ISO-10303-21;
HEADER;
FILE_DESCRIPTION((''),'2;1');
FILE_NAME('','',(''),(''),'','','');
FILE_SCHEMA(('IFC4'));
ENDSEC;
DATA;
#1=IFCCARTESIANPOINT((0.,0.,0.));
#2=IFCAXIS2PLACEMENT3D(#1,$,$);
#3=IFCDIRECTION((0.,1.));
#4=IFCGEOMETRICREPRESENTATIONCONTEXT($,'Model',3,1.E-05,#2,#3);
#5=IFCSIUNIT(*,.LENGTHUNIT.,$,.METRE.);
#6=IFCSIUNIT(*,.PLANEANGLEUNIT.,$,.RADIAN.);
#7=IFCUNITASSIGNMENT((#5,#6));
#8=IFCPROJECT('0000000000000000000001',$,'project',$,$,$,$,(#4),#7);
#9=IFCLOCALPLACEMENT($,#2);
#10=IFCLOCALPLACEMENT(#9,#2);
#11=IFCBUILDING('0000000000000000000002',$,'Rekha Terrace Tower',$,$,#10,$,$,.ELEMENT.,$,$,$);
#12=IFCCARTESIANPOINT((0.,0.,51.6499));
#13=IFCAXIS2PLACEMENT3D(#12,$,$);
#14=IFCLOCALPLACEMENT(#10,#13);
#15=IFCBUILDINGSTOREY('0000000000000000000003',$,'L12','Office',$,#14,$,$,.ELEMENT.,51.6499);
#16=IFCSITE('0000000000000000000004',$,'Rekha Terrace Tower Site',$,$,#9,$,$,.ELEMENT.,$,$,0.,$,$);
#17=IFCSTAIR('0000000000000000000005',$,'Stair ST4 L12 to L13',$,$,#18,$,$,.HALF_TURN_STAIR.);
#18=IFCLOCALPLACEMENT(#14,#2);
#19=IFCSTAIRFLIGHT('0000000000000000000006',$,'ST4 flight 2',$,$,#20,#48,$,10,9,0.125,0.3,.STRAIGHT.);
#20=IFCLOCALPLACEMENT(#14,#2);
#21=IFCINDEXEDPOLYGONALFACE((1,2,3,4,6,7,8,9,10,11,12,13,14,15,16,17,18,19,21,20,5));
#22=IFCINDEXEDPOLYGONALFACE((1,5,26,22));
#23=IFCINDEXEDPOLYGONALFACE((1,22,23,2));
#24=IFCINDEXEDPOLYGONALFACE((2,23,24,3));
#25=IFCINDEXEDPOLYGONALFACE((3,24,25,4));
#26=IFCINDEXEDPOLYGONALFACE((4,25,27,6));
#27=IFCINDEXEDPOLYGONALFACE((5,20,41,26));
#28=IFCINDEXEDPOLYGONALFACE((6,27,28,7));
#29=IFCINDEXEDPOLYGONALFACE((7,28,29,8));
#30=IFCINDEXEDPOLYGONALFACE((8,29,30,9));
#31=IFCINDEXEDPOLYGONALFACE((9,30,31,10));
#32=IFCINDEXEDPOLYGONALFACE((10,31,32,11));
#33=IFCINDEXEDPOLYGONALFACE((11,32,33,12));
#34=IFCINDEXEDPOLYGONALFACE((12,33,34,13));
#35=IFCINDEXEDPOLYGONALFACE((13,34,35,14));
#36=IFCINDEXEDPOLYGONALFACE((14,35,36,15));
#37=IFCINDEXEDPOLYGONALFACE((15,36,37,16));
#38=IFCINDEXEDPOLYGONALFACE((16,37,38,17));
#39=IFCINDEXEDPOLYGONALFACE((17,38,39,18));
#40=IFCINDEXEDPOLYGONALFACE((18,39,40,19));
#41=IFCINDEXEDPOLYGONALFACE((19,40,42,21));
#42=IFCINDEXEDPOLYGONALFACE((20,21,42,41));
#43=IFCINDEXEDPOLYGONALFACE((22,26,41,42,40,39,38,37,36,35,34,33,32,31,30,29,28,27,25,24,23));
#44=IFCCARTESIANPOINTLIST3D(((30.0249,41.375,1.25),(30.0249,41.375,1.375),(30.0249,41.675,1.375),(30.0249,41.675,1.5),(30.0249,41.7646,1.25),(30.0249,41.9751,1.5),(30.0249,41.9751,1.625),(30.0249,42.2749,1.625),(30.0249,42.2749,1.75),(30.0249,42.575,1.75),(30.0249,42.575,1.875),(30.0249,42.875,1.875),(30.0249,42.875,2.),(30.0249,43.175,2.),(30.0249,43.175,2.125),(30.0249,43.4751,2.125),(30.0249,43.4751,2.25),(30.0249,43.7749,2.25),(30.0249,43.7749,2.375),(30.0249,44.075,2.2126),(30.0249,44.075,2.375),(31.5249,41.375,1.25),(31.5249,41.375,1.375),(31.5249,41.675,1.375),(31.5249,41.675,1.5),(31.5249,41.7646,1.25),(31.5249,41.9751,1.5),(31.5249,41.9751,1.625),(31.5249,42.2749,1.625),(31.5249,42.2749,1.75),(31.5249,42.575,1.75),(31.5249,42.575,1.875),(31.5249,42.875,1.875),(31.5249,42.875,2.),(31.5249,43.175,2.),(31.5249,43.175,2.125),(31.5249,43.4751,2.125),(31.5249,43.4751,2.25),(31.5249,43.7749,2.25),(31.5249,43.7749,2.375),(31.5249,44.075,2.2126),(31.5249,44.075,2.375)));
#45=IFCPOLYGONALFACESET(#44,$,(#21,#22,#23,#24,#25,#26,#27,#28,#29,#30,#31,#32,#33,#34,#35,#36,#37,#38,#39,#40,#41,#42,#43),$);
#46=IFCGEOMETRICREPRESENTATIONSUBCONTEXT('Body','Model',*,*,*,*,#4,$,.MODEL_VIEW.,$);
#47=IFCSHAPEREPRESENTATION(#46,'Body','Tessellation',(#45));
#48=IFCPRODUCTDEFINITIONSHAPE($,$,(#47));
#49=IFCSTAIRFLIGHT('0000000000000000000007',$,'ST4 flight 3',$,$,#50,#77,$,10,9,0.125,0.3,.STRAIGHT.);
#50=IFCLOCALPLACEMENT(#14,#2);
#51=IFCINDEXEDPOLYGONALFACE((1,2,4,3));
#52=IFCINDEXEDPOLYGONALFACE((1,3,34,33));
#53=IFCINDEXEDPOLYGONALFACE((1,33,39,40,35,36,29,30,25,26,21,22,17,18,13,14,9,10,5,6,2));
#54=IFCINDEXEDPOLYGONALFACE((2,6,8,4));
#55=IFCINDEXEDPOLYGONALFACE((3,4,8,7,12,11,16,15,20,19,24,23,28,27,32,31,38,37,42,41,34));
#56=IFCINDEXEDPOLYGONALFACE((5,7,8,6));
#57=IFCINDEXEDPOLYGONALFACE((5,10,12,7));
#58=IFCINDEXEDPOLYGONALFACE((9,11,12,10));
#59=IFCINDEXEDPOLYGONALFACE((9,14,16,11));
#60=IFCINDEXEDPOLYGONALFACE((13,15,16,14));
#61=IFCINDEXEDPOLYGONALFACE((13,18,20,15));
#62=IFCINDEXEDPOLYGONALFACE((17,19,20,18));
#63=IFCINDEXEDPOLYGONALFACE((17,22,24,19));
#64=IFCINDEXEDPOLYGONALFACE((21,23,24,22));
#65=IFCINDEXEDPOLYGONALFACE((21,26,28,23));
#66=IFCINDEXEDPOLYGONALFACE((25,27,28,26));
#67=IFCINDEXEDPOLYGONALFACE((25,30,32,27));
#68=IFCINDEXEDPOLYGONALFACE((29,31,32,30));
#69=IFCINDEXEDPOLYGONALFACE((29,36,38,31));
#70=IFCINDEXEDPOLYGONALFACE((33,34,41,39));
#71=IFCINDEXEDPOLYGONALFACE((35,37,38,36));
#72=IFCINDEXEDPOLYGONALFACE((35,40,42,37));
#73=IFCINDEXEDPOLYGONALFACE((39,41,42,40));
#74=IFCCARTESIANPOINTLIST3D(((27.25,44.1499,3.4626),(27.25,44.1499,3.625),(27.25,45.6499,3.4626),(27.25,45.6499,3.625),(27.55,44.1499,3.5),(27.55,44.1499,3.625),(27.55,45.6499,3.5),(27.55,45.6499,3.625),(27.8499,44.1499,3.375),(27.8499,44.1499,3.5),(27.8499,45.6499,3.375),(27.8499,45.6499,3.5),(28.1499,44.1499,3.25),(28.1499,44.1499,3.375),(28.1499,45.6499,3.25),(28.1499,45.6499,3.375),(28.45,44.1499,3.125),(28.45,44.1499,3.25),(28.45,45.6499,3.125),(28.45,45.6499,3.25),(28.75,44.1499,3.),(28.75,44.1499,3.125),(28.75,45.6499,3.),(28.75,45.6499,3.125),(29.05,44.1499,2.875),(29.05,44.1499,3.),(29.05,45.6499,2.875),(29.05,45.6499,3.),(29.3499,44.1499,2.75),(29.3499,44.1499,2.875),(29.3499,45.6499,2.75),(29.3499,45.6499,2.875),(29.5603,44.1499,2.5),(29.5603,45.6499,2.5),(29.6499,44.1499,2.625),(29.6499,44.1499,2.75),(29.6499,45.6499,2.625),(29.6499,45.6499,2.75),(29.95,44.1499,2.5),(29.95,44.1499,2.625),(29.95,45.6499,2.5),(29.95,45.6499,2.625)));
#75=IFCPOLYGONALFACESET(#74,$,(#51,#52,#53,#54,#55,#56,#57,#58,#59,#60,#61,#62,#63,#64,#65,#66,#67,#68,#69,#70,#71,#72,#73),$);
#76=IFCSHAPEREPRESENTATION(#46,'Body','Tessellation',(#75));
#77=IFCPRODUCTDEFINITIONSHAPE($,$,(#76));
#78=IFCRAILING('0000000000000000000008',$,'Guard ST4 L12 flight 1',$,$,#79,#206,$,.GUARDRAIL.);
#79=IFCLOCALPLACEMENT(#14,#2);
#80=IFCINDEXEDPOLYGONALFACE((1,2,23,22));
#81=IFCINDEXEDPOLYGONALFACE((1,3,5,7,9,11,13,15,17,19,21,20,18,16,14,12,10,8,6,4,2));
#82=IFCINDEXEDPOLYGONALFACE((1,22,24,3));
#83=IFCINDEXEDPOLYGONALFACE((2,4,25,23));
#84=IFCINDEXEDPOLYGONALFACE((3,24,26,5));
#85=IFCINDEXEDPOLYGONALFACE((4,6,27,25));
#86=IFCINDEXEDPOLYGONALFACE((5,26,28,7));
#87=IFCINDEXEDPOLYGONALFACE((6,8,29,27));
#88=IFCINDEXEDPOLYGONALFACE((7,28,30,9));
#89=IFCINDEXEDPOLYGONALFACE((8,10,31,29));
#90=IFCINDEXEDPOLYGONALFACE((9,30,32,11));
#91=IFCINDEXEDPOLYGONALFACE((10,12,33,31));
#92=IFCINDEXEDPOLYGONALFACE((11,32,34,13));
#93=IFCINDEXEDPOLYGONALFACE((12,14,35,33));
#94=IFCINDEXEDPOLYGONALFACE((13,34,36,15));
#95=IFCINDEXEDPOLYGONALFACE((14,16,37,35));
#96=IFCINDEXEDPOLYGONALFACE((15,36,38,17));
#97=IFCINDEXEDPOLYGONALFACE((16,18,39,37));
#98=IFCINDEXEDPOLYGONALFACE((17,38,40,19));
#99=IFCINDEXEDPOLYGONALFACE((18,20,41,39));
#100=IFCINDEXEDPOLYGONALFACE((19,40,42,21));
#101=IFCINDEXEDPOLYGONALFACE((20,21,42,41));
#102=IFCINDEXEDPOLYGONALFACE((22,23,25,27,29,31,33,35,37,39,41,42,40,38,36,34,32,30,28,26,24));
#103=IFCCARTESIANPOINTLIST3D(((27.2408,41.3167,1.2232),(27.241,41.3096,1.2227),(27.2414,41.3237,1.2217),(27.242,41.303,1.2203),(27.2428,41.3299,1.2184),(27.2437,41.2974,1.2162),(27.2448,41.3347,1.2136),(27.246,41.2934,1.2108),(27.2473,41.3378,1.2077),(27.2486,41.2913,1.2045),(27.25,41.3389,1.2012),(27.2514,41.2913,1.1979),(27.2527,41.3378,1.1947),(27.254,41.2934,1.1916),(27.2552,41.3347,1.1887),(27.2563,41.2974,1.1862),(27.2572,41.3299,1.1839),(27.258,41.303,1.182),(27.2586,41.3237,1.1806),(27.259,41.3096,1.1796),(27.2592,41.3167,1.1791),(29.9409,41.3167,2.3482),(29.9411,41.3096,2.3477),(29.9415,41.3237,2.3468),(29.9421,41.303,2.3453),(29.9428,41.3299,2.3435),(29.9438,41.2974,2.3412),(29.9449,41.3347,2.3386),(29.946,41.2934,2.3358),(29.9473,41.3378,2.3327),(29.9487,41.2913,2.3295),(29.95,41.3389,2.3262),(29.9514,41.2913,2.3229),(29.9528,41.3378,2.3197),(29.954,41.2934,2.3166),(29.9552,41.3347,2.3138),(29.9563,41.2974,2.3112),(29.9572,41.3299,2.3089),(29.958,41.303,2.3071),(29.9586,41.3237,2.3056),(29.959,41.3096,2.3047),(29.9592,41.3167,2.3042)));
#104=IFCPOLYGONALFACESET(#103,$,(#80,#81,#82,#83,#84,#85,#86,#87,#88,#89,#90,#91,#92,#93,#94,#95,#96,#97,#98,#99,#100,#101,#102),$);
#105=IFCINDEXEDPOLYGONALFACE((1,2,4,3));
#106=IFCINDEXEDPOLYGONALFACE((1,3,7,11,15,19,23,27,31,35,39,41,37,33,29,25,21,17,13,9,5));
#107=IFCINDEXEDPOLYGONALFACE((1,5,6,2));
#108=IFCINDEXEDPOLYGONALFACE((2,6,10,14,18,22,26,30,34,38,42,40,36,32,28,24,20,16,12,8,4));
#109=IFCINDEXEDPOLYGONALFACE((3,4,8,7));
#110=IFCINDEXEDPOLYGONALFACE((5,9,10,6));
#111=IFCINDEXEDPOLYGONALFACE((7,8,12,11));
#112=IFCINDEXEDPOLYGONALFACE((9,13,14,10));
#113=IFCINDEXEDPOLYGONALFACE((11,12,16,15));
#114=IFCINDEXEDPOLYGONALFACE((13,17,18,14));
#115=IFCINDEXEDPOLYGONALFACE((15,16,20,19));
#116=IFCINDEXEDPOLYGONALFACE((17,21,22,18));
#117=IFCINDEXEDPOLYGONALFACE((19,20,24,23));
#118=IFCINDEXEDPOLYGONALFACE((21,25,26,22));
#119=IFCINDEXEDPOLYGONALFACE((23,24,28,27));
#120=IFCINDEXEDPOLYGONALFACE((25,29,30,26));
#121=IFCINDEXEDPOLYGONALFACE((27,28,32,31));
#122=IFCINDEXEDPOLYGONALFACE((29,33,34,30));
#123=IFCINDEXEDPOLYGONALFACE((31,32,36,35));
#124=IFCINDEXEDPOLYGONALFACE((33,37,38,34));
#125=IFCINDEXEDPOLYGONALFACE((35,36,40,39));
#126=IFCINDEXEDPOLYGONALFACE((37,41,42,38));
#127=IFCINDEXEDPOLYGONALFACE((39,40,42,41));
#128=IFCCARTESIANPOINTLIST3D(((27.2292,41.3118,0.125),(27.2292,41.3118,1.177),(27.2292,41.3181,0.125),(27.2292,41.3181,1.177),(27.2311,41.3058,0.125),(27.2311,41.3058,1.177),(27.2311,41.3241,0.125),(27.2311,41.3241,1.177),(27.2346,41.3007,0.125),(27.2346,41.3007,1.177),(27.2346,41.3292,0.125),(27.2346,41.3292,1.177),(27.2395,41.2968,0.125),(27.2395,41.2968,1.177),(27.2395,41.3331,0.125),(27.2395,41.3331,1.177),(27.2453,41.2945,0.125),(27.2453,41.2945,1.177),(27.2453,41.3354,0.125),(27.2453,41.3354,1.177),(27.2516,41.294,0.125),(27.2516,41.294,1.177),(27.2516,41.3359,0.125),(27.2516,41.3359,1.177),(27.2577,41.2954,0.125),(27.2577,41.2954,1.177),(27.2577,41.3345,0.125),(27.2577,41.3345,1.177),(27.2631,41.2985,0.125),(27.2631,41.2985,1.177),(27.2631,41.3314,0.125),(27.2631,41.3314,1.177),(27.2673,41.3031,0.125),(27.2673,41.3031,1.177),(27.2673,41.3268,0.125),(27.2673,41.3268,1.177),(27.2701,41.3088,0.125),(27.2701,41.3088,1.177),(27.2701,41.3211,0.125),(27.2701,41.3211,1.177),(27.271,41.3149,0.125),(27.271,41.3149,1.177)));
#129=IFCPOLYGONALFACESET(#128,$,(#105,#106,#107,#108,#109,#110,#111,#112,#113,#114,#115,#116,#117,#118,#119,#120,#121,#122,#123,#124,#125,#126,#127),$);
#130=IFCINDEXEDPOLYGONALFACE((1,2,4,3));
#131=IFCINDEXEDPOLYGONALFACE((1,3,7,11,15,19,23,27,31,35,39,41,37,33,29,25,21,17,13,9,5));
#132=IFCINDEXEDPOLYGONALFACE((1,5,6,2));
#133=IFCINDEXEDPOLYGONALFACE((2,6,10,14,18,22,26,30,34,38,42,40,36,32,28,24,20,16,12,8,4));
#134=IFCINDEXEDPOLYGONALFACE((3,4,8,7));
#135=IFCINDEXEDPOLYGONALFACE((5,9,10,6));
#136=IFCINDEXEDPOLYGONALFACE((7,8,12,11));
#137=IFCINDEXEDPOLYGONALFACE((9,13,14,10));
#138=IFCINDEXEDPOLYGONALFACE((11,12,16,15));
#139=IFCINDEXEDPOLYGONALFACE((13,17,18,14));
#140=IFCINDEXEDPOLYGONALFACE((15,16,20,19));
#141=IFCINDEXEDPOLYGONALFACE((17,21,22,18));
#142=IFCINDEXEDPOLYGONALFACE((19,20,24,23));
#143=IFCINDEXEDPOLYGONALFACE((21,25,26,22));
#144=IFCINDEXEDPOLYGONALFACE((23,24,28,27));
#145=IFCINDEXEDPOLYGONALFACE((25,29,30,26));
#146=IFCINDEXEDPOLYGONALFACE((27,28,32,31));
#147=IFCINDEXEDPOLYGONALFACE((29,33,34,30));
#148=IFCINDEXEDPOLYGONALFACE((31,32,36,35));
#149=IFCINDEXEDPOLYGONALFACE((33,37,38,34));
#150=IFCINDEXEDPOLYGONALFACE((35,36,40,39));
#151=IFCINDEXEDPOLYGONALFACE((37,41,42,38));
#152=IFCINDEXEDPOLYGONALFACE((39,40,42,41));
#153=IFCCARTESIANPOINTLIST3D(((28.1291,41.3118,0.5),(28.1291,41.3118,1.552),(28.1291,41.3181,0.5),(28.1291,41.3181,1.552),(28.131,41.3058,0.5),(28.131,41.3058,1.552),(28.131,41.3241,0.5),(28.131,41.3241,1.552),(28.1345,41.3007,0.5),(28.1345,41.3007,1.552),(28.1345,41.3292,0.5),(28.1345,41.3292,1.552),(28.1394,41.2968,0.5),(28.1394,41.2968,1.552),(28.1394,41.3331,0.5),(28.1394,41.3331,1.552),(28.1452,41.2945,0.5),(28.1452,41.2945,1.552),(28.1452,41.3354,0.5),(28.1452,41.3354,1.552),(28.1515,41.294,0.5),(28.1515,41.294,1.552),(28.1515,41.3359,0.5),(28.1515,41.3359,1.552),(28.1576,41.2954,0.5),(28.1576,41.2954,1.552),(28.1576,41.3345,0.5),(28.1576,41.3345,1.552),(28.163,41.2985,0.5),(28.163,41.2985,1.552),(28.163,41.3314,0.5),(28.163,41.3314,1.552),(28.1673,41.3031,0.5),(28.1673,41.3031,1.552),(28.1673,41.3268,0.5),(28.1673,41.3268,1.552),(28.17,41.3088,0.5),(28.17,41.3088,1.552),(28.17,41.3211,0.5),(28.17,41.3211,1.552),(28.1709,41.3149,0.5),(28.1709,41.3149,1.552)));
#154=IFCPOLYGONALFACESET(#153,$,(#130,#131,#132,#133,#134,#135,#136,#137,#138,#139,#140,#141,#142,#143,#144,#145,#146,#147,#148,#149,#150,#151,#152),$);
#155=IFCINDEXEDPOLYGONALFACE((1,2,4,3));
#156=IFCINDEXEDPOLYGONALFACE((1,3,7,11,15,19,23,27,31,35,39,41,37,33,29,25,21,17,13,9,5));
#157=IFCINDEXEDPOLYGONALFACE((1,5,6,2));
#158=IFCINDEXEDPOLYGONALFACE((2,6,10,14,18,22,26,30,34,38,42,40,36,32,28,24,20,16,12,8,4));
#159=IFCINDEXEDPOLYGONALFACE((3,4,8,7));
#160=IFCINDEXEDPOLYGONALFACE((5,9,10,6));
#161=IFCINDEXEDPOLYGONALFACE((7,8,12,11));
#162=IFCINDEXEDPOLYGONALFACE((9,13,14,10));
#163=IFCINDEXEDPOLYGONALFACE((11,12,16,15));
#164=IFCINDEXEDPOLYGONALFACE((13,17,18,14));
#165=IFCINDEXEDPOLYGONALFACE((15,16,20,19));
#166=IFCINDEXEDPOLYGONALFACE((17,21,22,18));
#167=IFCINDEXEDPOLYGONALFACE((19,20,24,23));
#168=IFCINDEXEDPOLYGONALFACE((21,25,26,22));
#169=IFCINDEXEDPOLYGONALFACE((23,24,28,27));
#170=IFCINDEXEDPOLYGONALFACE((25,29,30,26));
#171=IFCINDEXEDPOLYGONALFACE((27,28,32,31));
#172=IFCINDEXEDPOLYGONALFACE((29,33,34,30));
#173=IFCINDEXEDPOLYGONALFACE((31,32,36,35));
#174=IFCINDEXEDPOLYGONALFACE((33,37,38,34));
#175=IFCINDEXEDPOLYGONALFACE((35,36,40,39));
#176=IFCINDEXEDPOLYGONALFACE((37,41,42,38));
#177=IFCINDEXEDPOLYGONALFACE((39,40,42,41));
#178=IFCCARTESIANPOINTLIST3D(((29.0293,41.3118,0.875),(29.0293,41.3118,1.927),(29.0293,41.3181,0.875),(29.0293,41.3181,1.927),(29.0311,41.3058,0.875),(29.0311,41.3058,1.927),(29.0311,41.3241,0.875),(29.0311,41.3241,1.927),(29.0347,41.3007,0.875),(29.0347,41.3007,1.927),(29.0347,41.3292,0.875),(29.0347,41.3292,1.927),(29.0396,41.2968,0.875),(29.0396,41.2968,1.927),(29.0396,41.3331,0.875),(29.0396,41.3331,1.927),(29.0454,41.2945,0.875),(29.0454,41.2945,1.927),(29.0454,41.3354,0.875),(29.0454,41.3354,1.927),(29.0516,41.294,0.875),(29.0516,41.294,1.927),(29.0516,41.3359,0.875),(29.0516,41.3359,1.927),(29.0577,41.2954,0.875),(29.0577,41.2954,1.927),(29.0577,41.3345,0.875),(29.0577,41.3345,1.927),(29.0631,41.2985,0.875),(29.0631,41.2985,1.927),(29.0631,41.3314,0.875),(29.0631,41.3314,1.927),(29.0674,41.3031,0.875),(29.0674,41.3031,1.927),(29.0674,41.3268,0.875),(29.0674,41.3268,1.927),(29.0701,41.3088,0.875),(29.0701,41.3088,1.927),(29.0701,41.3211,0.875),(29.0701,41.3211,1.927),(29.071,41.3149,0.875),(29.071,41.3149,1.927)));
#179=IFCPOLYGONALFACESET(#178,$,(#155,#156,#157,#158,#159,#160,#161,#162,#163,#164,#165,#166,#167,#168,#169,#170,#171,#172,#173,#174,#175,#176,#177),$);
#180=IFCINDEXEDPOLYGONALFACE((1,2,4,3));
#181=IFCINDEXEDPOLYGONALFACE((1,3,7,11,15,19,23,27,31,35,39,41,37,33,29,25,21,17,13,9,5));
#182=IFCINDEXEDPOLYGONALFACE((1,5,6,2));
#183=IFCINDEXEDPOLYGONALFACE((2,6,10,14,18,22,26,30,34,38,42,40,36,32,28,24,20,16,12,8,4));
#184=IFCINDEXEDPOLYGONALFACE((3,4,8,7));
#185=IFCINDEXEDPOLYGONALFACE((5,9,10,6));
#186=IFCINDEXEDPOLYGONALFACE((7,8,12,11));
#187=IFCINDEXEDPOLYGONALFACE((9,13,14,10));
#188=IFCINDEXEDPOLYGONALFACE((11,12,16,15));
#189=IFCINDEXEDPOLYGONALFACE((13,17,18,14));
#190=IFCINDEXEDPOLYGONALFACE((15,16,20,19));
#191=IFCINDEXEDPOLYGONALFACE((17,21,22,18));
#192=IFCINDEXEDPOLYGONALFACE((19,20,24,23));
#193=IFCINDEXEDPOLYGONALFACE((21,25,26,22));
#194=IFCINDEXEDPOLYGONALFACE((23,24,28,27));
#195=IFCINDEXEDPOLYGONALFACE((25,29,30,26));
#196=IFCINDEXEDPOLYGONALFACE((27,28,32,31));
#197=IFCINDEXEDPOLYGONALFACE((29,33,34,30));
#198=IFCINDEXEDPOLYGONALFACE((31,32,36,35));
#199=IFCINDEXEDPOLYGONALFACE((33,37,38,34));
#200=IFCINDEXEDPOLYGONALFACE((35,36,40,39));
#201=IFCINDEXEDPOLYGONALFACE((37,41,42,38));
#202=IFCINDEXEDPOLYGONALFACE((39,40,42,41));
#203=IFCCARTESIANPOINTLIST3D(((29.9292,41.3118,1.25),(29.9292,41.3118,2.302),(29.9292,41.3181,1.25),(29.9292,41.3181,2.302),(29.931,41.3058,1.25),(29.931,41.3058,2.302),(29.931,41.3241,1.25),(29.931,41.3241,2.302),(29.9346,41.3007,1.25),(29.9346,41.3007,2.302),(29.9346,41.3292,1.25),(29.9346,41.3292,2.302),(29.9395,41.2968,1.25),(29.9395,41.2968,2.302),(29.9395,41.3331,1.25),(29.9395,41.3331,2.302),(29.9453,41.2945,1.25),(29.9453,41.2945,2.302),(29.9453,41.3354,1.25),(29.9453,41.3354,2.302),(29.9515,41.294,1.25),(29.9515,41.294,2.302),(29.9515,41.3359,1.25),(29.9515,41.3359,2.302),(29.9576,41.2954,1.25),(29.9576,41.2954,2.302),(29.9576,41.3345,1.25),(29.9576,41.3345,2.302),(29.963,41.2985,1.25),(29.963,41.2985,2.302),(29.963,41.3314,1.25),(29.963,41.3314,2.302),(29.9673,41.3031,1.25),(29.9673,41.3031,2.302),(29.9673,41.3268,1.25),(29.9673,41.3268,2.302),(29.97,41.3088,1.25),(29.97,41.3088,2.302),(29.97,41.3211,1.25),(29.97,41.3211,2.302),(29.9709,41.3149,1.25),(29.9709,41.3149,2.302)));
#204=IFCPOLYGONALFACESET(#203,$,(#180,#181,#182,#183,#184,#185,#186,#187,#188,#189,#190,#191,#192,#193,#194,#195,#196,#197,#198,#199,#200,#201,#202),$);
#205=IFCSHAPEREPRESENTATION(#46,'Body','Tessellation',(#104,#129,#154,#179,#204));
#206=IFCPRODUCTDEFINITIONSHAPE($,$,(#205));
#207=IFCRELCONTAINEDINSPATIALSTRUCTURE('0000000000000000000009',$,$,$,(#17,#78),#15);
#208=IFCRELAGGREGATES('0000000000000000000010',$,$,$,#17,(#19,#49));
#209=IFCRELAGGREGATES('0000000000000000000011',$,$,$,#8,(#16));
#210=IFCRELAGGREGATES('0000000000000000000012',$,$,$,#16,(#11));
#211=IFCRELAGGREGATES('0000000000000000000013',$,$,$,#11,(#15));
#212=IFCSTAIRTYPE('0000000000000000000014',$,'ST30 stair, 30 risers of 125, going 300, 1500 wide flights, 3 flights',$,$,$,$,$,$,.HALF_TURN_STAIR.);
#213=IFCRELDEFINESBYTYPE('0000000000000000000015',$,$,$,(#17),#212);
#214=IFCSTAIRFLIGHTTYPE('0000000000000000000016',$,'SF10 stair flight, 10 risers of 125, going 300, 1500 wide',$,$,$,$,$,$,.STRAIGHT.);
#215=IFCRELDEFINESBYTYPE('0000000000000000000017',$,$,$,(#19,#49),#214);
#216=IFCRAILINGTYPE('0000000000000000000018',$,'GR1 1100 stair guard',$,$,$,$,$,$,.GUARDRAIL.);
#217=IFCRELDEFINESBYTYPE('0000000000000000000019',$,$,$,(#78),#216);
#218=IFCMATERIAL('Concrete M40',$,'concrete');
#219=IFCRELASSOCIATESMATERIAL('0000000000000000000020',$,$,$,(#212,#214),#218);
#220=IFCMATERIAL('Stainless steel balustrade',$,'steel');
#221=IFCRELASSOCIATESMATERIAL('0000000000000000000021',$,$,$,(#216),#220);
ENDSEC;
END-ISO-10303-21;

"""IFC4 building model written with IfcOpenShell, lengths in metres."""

from ifc_helpers import new_model, si_unit, direction, frame, origin, origin_2d, place, context, subcontext, project, spatial, polyline, circle, outline, extrude, material, type_object, element, aggregate, save


model = new_model("IFC4")

# Units and contexts
model_context = context("Model", 3, precision=1e-05, world=origin(), true_north=direction((0.0, 1.0)))
body_context = subcontext(model_context, "Body", "Model", "MODEL_VIEW")
ifc_project = project(units=[si_unit("LENGTHUNIT", "METRE"), si_unit("PLANEANGLEUNIT", "RADIAN")], contexts=[model_context])

# Site, building, storey
site_placement = place(None, origin())
site = spatial("IfcSite", under=ifc_project, at=site_placement, Name="Rekha Terrace Tower Site", CompositionType="ELEMENT", RefElevation=0.0)
building_placement = place(site_placement, origin())
building = spatial("IfcBuilding", under=site, at=building_placement, Name="Rekha Terrace Tower", CompositionType="ELEMENT")
storey_placement = place(building_placement, frame((0.0, 0.0, 51.6499)))
storey = spatial("IfcBuildingStorey", under=building, at=storey_placement, Name="L12", Description="Office", CompositionType="ELEMENT", Elevation=51.6499)

# Stair, stair flights
ifc_material_1 = material(Name="Concrete M40", Category="concrete")
stair_type = type_object("IfcStairType", Name="ST30 stair, 30 risers of 125, going 300, 1500 wide flights, 3 flights", PredefinedType="HALF_TURN_STAIR", material=ifc_material_1)
stair_placement = place(storey_placement, origin())
stair = element("IfcStair", 1, at=stair_placement, inside=storey, type_object=stair_type, Name="Stair ST4 L12 to L13", PredefinedType="HALF_TURN_STAIR")
stair_flight_type = type_object("IfcStairFlightType", Name="SF10 stair flight, 10 risers of 125, going 300, 1500 wide", PredefinedType="STRAIGHT", material=ifc_material_1)
stair_flight_1_placement = place(storey_placement, frame((30.7749, 41.375, 1.25), z_axis=(0.0, 0.0, 1.0), x_axis=(0.0, 1.0, 0.0)))
stair_flight_1 = element("IfcStairFlight", 2, at=stair_flight_1_placement, type_object=stair_flight_type, Name="ST4 flight 2", NumberOfRisers=10, NumberOfTreads=9, PredefinedType="STRAIGHT", RiserHeight=0.125, TreadLength=0.3, context=body_context, shape_type="SweptSolid", body=[
    extrude(outline(polyline([(0.0, 0.0), (0.0, 0.125), (0.3, 0.125), (0.3, 0.25), (0.6001, 0.25), (0.6001, 0.375), (0.8999, 0.375), (0.8999, 0.5), (1.2, 0.5), (1.2, 0.625), (1.5, 0.625), (1.5, 0.75), (1.8, 0.75), (1.8, 0.875), (2.1001, 0.875), (2.1001, 1.0), (2.3999, 1.0), (2.3999, 1.125), (2.7, 1.125), (2.7, 1.25), (2.7, 0.9626), (0.3896, 0.0), (0.0, 0.0)])), frame((0.0, 0.75, 0.0), z_axis=(0.0, -1.0, 0.0), x_axis=(1.0, 0.0, 0.0)), (0.0, 0.0, 1.0), 1.5),
])
stair_flight_2_placement = place(storey_placement, frame((29.95, 44.8999, 2.5), z_axis=(0.0, 0.0, 1.0), x_axis=(-1.0, 0.0, 0.0)))
stair_flight_2 = element("IfcStairFlight", 3, at=stair_flight_2_placement, type_object=stair_flight_type, Name="ST4 flight 3", NumberOfRisers=10, NumberOfTreads=9, PredefinedType="STRAIGHT", RiserHeight=0.125, TreadLength=0.3, context=body_context, shape_type="SweptSolid", body=[
    extrude(outline(polyline([(0.0, 0.0), (0.0, 0.125), (0.3, 0.125), (0.3, 0.25), (0.6001, 0.25), (0.6001, 0.375), (0.8999, 0.375), (0.8999, 0.5), (1.2, 0.5), (1.2, 0.625), (1.5, 0.625), (1.5, 0.75), (1.8, 0.75), (1.8, 0.875), (2.1001, 0.875), (2.1001, 1.0), (2.3999, 1.0), (2.3999, 1.125), (2.7, 1.125), (2.7, 1.25), (2.7, 0.9626), (0.3896, 0.0), (0.0, 0.0)])), frame((0.0, 0.75, 0.0), z_axis=(0.0, -1.0, 0.0), x_axis=(1.0, 0.0, 0.0)), (0.0, 0.0, 1.0), 1.5),
])
aggregate(stair, [stair_flight_1, stair_flight_2])

# Railing
ifc_material_2 = material(Name="Stainless steel balustrade", Category="steel")
railing_type_1 = type_object("IfcRailingType", Name="GR1 1100 stair guard", PredefinedType="GUARDRAIL", material=ifc_material_2)
railing_1_placement = place(storey_placement, frame((27.25, 41.3149, 0.125)))
element("IfcRailing", 4, at=railing_1_placement, inside=storey, type_object=railing_type_1, Name="Guard ST4 L12 flight 1", PredefinedType="GUARDRAIL", context=body_context, shape_type="SweptSolid", body=[
    extrude(circle(Radius=0.0239, at=origin_2d()), frame((0.0, 0.0, 1.0762), z_axis=(0.923074, 0.0, 0.384621), x_axis=(0.0, 1.0, 0.0)), (0.0, 0.0, 1.0), 2.925),
    extrude(circle(Radius=0.021, at=origin_2d()), origin(), (0.0, 0.0, 1.0), 1.052),
    extrude(circle(Radius=0.021, at=origin_2d()), frame((0.8999, 0.0, 0.375)), (0.0, 0.0, 1.0), 1.052),
    extrude(circle(Radius=0.021, at=origin_2d()), frame((1.8, 0.0, 0.75)), (0.0, 0.0, 1.0), 1.052),
    extrude(circle(Radius=0.021, at=origin_2d()), frame((2.7, 0.0, 1.125)), (0.0, 0.0, 1.0), 1.052),
])

save(model, "model.ifc")
